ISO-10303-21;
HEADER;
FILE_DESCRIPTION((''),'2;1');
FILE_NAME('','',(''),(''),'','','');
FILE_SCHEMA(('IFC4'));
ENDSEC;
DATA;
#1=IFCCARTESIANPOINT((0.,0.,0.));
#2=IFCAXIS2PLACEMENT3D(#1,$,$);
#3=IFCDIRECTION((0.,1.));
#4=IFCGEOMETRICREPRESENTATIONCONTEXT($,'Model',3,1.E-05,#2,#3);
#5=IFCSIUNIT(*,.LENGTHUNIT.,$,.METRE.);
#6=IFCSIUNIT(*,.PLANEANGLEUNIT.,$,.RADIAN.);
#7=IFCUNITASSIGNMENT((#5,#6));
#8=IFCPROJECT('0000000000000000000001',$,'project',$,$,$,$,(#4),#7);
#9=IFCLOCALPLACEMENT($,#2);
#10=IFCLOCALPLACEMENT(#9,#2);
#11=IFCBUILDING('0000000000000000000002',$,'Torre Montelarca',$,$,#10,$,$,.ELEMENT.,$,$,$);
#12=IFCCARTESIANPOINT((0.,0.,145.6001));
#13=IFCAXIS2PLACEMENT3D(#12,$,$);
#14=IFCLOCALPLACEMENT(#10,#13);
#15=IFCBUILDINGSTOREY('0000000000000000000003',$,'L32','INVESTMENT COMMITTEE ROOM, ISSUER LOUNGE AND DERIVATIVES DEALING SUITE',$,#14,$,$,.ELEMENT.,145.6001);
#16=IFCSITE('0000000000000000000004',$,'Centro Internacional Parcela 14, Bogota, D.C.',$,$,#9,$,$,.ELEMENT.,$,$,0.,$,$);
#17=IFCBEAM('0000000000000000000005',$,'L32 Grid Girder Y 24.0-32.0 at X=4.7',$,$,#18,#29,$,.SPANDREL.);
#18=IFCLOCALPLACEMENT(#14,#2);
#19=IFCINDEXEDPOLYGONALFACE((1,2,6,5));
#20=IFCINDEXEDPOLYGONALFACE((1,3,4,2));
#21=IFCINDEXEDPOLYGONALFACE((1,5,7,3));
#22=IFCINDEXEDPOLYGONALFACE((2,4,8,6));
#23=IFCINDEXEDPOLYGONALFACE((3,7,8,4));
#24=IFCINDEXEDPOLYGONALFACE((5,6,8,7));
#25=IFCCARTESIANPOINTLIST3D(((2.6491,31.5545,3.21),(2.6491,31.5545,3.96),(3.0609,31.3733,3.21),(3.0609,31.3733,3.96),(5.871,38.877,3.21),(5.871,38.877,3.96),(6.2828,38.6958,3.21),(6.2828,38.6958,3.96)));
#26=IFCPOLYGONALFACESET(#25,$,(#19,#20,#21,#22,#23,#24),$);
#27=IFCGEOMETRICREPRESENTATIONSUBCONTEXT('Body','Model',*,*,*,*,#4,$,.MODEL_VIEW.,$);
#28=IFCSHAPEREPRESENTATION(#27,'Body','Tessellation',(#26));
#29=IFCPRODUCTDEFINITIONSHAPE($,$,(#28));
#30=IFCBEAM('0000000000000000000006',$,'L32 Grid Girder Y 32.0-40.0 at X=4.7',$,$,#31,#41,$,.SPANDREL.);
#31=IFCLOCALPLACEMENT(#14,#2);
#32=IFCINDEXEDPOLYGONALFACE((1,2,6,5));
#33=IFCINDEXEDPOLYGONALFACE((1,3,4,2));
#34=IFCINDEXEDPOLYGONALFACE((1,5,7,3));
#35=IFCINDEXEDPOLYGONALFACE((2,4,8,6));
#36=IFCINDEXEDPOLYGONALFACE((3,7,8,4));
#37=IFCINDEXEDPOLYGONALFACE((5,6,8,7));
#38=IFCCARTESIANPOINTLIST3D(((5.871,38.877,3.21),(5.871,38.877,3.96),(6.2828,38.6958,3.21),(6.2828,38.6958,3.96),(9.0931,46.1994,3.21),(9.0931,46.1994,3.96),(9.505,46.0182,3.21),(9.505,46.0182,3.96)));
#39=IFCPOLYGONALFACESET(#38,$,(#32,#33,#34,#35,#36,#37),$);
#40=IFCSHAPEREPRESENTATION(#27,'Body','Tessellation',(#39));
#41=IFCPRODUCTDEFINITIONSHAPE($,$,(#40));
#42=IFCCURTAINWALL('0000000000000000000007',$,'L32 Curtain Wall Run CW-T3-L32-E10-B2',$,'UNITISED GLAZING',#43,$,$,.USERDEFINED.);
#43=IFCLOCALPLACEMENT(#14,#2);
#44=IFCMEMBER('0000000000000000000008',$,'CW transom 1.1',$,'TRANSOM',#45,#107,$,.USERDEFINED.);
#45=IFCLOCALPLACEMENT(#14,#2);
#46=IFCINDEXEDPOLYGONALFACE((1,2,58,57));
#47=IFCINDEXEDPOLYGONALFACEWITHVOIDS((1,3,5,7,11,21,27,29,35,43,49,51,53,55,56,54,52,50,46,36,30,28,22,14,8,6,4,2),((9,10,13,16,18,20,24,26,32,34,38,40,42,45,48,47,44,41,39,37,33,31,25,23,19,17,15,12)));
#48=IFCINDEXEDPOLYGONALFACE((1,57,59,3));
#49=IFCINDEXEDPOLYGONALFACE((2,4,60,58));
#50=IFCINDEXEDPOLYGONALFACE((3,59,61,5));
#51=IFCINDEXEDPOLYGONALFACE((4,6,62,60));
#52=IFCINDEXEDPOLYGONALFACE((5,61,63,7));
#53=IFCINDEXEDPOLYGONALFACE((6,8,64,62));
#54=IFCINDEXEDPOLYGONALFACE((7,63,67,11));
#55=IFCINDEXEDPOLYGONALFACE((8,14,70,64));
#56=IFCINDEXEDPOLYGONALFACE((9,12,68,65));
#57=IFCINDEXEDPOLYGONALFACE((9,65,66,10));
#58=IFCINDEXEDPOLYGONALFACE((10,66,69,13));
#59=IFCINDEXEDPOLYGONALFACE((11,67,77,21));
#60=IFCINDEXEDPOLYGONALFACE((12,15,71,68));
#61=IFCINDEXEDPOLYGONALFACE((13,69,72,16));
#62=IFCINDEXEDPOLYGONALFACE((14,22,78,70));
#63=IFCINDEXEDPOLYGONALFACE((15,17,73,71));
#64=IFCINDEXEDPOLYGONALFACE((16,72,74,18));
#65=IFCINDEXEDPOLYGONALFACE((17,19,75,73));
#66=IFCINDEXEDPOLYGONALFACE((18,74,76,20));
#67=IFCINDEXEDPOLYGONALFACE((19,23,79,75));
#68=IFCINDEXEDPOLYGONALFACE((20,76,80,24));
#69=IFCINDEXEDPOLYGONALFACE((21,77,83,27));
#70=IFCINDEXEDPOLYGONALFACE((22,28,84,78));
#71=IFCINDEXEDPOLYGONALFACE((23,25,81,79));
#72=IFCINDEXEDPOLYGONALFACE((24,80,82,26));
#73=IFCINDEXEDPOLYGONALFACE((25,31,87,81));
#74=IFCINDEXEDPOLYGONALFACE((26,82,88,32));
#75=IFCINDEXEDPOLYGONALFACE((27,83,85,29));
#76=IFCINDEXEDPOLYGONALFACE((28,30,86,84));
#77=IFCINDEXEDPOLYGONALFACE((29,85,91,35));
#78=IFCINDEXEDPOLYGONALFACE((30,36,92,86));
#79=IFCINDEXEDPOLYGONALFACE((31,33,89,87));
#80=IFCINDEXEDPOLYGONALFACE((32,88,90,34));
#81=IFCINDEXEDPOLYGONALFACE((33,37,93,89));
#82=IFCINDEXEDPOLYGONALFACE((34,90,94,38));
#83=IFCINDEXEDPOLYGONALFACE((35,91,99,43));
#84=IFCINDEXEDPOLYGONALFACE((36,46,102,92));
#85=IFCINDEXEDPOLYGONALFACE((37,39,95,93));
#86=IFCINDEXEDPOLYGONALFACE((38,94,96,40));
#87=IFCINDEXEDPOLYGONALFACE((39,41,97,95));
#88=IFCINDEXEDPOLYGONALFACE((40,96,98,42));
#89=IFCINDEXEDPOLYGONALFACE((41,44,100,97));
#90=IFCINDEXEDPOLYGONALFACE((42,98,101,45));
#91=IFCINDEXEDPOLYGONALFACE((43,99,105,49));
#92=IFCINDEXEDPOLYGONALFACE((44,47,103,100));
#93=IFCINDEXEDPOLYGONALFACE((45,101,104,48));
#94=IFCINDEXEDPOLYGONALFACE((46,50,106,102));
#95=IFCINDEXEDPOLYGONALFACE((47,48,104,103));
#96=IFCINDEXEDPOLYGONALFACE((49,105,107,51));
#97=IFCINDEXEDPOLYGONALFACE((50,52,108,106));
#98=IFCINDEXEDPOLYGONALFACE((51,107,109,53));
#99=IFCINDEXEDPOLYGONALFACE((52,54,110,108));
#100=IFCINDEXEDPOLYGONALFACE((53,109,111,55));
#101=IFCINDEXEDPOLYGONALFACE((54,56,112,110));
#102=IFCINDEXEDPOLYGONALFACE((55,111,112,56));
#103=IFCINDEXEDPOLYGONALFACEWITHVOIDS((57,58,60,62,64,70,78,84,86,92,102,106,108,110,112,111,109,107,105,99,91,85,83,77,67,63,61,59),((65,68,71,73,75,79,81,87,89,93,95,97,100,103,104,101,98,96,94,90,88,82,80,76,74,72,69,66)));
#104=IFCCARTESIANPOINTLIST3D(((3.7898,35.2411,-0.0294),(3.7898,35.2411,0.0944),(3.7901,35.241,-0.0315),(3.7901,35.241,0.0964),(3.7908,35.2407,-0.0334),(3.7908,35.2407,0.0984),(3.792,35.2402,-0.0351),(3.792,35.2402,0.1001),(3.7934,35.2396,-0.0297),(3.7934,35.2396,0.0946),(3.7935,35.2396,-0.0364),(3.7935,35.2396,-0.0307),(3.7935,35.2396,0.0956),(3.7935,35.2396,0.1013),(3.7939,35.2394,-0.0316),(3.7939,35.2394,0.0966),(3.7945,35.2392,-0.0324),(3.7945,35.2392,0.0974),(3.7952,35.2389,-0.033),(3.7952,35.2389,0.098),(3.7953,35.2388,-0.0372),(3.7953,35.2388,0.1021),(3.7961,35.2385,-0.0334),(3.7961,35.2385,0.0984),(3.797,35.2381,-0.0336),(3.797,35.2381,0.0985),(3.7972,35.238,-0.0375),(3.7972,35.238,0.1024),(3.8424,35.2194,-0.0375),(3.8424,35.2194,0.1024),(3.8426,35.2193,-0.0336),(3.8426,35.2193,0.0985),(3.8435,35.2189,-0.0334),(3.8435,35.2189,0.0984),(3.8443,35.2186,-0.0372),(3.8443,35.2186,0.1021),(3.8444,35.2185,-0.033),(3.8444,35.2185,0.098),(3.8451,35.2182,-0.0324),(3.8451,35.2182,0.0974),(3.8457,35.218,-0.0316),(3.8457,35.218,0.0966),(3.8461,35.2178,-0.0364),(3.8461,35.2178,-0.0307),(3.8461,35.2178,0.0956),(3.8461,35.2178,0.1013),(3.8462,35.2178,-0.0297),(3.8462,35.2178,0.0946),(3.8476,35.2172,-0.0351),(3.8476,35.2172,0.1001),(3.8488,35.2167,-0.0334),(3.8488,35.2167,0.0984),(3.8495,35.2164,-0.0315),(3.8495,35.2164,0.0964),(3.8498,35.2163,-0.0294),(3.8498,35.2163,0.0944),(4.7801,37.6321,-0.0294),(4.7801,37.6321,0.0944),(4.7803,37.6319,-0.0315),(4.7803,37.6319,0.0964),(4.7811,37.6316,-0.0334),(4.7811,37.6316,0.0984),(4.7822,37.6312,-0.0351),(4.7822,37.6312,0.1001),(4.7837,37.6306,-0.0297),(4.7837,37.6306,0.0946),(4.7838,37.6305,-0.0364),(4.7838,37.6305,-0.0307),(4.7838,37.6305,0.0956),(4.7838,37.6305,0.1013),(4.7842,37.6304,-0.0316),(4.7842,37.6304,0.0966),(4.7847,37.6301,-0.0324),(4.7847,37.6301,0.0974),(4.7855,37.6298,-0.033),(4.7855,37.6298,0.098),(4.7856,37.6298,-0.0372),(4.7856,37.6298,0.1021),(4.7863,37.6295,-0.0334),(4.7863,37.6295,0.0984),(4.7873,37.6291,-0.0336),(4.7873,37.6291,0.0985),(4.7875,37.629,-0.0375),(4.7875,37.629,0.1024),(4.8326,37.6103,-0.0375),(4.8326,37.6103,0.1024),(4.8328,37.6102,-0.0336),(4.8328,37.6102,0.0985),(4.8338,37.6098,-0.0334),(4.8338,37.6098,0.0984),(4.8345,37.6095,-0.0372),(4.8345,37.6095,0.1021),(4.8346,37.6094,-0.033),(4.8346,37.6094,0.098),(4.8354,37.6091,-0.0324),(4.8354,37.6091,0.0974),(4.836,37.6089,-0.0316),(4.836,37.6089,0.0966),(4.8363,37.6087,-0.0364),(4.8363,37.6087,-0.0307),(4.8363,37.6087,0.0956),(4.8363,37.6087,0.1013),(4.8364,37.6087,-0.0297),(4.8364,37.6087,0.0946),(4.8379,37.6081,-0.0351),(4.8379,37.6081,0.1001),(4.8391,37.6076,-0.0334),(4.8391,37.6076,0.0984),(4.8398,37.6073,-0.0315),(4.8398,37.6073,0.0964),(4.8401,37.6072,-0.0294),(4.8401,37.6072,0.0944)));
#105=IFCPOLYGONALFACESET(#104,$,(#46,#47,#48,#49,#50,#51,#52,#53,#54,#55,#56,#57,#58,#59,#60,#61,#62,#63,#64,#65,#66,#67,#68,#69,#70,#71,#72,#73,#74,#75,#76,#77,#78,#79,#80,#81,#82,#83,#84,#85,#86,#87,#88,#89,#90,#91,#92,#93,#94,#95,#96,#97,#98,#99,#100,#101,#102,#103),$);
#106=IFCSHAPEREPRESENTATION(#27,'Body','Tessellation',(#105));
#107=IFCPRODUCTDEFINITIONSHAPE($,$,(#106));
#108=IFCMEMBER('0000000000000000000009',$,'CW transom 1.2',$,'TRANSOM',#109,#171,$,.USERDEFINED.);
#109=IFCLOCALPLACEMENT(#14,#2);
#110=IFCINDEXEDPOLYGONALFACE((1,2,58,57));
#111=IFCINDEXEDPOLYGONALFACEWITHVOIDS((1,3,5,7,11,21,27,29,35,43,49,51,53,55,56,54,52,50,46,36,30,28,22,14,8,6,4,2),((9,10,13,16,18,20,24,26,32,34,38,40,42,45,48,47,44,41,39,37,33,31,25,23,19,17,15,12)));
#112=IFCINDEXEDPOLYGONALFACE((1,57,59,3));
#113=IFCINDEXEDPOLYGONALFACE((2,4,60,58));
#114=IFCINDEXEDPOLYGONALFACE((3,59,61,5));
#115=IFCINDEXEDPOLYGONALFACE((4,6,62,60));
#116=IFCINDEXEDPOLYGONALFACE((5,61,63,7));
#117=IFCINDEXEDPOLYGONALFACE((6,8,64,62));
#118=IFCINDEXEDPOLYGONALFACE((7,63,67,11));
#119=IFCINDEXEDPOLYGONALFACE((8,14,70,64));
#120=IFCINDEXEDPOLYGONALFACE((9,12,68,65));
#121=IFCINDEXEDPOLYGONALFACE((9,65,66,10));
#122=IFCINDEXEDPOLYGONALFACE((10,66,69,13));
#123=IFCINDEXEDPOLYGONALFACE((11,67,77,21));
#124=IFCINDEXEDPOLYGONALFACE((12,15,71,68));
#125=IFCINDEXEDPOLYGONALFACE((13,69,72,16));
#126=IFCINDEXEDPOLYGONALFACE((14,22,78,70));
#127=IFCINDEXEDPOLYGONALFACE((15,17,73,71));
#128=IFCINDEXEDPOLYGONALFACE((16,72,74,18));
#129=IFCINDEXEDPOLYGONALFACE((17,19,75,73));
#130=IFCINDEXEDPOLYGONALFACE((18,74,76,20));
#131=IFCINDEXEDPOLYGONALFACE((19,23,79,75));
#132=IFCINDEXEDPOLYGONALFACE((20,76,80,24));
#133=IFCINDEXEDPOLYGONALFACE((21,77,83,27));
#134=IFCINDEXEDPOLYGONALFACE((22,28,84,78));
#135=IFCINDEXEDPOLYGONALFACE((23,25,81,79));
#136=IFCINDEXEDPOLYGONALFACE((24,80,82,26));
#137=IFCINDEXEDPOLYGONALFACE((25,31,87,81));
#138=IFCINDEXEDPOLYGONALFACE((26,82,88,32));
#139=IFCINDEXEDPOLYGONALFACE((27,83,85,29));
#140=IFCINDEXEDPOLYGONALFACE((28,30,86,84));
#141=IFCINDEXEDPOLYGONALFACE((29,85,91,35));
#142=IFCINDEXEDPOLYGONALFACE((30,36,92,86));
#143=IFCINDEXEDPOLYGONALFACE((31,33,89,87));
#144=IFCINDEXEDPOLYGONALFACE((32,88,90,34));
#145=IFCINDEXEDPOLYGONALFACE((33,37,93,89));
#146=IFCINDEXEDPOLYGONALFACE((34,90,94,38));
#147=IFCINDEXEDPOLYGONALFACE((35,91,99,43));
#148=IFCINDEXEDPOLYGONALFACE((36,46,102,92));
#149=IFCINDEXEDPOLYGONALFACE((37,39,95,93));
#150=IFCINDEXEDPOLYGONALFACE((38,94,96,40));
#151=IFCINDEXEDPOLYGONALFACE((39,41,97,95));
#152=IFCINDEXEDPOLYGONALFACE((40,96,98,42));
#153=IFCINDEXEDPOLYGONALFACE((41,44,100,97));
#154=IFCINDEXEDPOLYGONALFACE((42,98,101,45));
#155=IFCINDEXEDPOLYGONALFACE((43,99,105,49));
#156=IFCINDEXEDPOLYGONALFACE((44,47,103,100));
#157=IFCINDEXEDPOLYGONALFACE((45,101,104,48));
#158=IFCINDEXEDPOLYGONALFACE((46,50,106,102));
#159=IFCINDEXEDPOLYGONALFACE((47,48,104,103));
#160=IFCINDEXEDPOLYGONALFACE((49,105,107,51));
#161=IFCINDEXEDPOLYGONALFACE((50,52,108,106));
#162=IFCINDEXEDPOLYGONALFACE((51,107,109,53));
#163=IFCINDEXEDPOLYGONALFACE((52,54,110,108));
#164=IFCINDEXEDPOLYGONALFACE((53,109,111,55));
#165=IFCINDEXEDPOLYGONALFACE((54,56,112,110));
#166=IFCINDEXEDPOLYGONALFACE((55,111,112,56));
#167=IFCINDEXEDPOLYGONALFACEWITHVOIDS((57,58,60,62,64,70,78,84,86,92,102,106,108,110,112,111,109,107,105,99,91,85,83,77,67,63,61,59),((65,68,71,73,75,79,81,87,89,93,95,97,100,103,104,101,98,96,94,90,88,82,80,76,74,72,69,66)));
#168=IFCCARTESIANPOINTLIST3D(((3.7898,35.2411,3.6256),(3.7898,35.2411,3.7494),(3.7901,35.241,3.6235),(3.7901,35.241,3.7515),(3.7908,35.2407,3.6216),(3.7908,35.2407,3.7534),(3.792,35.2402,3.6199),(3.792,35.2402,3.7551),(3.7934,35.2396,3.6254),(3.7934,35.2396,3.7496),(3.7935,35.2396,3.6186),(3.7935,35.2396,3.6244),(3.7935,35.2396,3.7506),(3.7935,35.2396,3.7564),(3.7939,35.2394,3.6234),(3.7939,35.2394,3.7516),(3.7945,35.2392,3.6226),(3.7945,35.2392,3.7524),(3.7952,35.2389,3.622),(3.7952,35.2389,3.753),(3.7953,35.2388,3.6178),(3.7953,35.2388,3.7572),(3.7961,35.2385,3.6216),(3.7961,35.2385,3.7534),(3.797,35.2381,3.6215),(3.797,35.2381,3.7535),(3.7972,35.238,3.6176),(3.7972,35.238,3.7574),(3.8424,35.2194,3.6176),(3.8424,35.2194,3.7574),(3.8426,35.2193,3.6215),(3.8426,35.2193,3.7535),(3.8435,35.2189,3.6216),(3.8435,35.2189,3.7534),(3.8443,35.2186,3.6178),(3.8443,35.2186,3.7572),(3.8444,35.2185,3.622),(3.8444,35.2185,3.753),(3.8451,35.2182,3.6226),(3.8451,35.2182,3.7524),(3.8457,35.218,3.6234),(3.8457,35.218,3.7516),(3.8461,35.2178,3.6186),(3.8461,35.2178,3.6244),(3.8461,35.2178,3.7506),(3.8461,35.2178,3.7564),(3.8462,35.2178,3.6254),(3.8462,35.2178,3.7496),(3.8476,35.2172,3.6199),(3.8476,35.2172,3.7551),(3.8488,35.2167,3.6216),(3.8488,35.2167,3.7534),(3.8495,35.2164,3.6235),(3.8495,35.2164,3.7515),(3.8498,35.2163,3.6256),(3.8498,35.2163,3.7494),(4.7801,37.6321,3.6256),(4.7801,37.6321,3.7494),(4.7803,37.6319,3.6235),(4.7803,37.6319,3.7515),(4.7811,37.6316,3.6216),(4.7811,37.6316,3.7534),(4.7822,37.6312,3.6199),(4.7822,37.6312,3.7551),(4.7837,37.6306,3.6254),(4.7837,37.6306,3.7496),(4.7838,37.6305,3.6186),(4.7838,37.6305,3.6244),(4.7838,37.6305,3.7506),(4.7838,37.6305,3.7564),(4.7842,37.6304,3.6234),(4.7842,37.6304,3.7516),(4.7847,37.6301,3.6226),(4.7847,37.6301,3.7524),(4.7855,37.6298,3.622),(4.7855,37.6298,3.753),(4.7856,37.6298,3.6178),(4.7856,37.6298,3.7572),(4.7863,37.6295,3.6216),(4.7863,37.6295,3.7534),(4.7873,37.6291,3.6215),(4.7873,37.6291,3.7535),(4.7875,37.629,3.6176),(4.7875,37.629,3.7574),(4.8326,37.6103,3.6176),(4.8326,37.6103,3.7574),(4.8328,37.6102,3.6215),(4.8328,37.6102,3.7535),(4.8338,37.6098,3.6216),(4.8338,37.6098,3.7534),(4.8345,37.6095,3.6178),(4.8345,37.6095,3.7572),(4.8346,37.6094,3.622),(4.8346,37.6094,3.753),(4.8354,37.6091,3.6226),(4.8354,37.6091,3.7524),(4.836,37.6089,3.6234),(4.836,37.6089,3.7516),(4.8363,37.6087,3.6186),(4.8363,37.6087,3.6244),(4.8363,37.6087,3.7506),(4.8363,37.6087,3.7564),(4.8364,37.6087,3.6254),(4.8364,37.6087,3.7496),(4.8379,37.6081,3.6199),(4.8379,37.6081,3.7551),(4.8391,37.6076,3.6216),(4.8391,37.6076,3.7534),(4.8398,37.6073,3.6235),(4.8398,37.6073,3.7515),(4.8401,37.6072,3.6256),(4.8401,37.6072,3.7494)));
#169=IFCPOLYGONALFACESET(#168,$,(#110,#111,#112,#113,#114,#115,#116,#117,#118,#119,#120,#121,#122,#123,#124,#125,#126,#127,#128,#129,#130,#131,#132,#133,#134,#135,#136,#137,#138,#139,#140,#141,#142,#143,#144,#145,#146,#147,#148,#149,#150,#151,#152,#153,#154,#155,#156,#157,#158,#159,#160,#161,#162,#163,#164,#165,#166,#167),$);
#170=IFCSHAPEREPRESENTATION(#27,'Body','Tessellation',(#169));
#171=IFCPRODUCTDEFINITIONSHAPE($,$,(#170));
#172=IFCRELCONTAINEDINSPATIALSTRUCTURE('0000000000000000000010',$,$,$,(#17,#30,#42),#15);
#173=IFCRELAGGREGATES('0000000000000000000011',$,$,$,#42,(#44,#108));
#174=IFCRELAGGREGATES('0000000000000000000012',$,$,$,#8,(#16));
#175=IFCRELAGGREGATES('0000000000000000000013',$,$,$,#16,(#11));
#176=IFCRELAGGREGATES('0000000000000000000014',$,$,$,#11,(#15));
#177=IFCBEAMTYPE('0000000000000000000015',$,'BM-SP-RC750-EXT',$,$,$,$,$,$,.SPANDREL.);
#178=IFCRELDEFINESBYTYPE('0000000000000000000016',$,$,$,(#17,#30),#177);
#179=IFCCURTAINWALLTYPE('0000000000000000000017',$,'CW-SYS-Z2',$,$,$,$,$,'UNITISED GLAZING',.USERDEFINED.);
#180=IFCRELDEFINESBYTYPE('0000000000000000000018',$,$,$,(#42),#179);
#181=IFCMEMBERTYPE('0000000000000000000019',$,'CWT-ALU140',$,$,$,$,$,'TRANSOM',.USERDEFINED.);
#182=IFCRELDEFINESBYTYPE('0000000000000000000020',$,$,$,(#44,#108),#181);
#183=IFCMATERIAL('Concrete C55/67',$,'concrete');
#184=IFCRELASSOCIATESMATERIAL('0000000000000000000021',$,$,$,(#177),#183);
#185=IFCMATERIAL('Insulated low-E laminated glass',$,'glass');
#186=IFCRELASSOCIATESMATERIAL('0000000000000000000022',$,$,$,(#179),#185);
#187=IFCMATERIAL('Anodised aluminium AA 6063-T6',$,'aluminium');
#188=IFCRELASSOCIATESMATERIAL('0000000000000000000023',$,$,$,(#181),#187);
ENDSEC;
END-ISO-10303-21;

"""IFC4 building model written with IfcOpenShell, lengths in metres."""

from ifc_helpers import new_model, si_unit, direction, frame, origin, origin_2d, place, context, subcontext, project, spatial, rectangle, hollow_rectangle, extrude, source, transform, mapped, material, material_profile, profile_set, type_object, element, aggregate, save


model = new_model("IFC4")

# Units and contexts
model_context = context("Model", 3, precision=1e-05, world=origin(), true_north=direction((0.0, 1.0)))
body_context = subcontext(model_context, "Body", "Model", "MODEL_VIEW")
ifc_project = project(units=[si_unit("LENGTHUNIT", "METRE"), si_unit("PLANEANGLEUNIT", "RADIAN")], contexts=[model_context])

# Site, building, storey
site_placement = place(None, origin())
site = spatial("IfcSite", under=ifc_project, at=site_placement, Name="Centro Internacional Parcela 14, Bogota, D.C.", CompositionType="ELEMENT", RefElevation=0.0)
building_placement = place(site_placement, origin())
building = spatial("IfcBuilding", under=site, at=building_placement, Name="Torre Montelarca", CompositionType="ELEMENT")
storey_placement = place(building_placement, frame((0.0, 0.0, 145.6001)))
storey = spatial("IfcBuildingStorey", under=building, at=storey_placement, Name="L32", Description="INVESTMENT COMMITTEE ROOM, ISSUER LOUNGE AND DERIVATIVES DEALING SUITE", CompositionType="ELEMENT", Elevation=145.6001)

# Shared definitions
ifc_material_1 = material(Name="Concrete C55/67", Category="concrete")

# Beams
ifc_material_profile_1 = material_profile(ifc_material_1, rectangle(XDim=0.45, YDim=0.75, at=origin_2d()), Name="RCB450X750", Category="concrete")
ifc_profile_set_1 = profile_set([ifc_material_profile_1], Name="Concrete C55/67")
beam_type = type_object("IfcBeamType", Name="BM-SP-RC750-EXT", PredefinedType="SPANDREL", material=ifc_profile_set_1)
shared_shape_1 = source(origin(), body_context, "Body", "SweptSolid", [
    extrude(rectangle(XDim=0.45, YDim=0.75, at=origin_2d()), origin(), (0.0, 0.0, 1.0), 8.0),
])
for number, where, z_axis, x_axis, name in (
    (1, (2.855, 31.4639, 3.585), (0.402741, 0.915314, 0.0), (-0.915314, 0.402741, 0.0), "L32 Grid Girder Y 24.0-32.0 at X=4.7"),
    (2, (6.0769, 38.7864, 3.585), (0.402766, 0.915303, 0.0), (-0.915303, 0.402766, 0.0), "L32 Grid Girder Y 32.0-40.0 at X=4.7"),
):
    element("IfcBeam", number, at=place(storey_placement, frame(where, z_axis=z_axis, x_axis=x_axis)), inside=storey, type_object=beam_type, Name=name, PredefinedType="SPANDREL", context=body_context, shape_type="MappedRepresentation", body=[
        mapped(shared_shape_1, transform((0.0, 0.0, 0.0), scale=1.0)),
    ])

# Curtain wall, members
ifc_material_2 = material(Name="Insulated low-E laminated glass", Category="glass")
curtain_wall_type = type_object("IfcCurtainWallType", Name="CW-SYS-Z2", ElementType="UNITISED GLAZING", PredefinedType="USERDEFINED", material=ifc_material_2)
curtain_wall_1_placement = place(storey_placement, origin())
curtain_wall_1 = element("IfcCurtainWall", 3, at=curtain_wall_1_placement, inside=storey, type_object=curtain_wall_type, Name="L32 Curtain Wall Run CW-T3-L32-E10-B2", ObjectType="UNITISED GLAZING", PredefinedType="USERDEFINED")
ifc_material_3 = material(Name="Anodised aluminium AA 6063-T6", Category="aluminium")
ifc_material_profile_2 = material_profile(ifc_material_3, hollow_rectangle(XDim=0.0649, YDim=0.1399, WallThickness=0.0039, InnerFilletRadius=0.0039, OuterFilletRadius=0.0081, at=origin_2d()), Name="ALU65X140X4", Category="aluminium")
ifc_profile_set_2 = profile_set([ifc_material_profile_2], Name="Anodised aluminium AA 6063-T6")
member_type_1 = type_object("IfcMemberType", Name="CWT-ALU140", ElementType="TRANSOM", PredefinedType="USERDEFINED", material=ifc_profile_set_2)
shared_shape_2 = source(origin(), body_context, "Body", "SweptSolid", [
    extrude(hollow_rectangle(XDim=0.0649, YDim=0.1399, WallThickness=0.0039, InnerFilletRadius=0.0039, OuterFilletRadius=0.0081, at=origin_2d()), origin(), (0.0, 0.0, 1.0), 2.5879),
])
member_1_placement = place(storey_placement, frame((4.8101, 37.6196, 0.0325), z_axis=(-0.382652, -0.923893, 0.0), x_axis=(0.923893, -0.382652, 0.0)))
member_1 = element("IfcMember", 4, at=member_1_placement, type_object=member_type_1, Name="CW transom 1.1", ObjectType="TRANSOM", PredefinedType="USERDEFINED", context=body_context, shape_type="MappedRepresentation", body=[
    mapped(shared_shape_2, transform((0.0, 0.0, 0.0), scale=1.0)),
])
member_2_placement = place(storey_placement, frame((4.8101, 37.6196, 3.6875), z_axis=(-0.382652, -0.923893, 0.0), x_axis=(0.923893, -0.382652, 0.0)))
member_2 = element("IfcMember", 5, at=member_2_placement, type_object=member_type_1, Name="CW transom 1.2", ObjectType="TRANSOM", PredefinedType="USERDEFINED", context=body_context, shape_type="MappedRepresentation", body=[
    mapped(shared_shape_2, transform((0.0, 0.0, 0.0), scale=1.0)),
])

aggregate(curtain_wall_1, [member_1, member_2])

save(model, "model.ifc")
